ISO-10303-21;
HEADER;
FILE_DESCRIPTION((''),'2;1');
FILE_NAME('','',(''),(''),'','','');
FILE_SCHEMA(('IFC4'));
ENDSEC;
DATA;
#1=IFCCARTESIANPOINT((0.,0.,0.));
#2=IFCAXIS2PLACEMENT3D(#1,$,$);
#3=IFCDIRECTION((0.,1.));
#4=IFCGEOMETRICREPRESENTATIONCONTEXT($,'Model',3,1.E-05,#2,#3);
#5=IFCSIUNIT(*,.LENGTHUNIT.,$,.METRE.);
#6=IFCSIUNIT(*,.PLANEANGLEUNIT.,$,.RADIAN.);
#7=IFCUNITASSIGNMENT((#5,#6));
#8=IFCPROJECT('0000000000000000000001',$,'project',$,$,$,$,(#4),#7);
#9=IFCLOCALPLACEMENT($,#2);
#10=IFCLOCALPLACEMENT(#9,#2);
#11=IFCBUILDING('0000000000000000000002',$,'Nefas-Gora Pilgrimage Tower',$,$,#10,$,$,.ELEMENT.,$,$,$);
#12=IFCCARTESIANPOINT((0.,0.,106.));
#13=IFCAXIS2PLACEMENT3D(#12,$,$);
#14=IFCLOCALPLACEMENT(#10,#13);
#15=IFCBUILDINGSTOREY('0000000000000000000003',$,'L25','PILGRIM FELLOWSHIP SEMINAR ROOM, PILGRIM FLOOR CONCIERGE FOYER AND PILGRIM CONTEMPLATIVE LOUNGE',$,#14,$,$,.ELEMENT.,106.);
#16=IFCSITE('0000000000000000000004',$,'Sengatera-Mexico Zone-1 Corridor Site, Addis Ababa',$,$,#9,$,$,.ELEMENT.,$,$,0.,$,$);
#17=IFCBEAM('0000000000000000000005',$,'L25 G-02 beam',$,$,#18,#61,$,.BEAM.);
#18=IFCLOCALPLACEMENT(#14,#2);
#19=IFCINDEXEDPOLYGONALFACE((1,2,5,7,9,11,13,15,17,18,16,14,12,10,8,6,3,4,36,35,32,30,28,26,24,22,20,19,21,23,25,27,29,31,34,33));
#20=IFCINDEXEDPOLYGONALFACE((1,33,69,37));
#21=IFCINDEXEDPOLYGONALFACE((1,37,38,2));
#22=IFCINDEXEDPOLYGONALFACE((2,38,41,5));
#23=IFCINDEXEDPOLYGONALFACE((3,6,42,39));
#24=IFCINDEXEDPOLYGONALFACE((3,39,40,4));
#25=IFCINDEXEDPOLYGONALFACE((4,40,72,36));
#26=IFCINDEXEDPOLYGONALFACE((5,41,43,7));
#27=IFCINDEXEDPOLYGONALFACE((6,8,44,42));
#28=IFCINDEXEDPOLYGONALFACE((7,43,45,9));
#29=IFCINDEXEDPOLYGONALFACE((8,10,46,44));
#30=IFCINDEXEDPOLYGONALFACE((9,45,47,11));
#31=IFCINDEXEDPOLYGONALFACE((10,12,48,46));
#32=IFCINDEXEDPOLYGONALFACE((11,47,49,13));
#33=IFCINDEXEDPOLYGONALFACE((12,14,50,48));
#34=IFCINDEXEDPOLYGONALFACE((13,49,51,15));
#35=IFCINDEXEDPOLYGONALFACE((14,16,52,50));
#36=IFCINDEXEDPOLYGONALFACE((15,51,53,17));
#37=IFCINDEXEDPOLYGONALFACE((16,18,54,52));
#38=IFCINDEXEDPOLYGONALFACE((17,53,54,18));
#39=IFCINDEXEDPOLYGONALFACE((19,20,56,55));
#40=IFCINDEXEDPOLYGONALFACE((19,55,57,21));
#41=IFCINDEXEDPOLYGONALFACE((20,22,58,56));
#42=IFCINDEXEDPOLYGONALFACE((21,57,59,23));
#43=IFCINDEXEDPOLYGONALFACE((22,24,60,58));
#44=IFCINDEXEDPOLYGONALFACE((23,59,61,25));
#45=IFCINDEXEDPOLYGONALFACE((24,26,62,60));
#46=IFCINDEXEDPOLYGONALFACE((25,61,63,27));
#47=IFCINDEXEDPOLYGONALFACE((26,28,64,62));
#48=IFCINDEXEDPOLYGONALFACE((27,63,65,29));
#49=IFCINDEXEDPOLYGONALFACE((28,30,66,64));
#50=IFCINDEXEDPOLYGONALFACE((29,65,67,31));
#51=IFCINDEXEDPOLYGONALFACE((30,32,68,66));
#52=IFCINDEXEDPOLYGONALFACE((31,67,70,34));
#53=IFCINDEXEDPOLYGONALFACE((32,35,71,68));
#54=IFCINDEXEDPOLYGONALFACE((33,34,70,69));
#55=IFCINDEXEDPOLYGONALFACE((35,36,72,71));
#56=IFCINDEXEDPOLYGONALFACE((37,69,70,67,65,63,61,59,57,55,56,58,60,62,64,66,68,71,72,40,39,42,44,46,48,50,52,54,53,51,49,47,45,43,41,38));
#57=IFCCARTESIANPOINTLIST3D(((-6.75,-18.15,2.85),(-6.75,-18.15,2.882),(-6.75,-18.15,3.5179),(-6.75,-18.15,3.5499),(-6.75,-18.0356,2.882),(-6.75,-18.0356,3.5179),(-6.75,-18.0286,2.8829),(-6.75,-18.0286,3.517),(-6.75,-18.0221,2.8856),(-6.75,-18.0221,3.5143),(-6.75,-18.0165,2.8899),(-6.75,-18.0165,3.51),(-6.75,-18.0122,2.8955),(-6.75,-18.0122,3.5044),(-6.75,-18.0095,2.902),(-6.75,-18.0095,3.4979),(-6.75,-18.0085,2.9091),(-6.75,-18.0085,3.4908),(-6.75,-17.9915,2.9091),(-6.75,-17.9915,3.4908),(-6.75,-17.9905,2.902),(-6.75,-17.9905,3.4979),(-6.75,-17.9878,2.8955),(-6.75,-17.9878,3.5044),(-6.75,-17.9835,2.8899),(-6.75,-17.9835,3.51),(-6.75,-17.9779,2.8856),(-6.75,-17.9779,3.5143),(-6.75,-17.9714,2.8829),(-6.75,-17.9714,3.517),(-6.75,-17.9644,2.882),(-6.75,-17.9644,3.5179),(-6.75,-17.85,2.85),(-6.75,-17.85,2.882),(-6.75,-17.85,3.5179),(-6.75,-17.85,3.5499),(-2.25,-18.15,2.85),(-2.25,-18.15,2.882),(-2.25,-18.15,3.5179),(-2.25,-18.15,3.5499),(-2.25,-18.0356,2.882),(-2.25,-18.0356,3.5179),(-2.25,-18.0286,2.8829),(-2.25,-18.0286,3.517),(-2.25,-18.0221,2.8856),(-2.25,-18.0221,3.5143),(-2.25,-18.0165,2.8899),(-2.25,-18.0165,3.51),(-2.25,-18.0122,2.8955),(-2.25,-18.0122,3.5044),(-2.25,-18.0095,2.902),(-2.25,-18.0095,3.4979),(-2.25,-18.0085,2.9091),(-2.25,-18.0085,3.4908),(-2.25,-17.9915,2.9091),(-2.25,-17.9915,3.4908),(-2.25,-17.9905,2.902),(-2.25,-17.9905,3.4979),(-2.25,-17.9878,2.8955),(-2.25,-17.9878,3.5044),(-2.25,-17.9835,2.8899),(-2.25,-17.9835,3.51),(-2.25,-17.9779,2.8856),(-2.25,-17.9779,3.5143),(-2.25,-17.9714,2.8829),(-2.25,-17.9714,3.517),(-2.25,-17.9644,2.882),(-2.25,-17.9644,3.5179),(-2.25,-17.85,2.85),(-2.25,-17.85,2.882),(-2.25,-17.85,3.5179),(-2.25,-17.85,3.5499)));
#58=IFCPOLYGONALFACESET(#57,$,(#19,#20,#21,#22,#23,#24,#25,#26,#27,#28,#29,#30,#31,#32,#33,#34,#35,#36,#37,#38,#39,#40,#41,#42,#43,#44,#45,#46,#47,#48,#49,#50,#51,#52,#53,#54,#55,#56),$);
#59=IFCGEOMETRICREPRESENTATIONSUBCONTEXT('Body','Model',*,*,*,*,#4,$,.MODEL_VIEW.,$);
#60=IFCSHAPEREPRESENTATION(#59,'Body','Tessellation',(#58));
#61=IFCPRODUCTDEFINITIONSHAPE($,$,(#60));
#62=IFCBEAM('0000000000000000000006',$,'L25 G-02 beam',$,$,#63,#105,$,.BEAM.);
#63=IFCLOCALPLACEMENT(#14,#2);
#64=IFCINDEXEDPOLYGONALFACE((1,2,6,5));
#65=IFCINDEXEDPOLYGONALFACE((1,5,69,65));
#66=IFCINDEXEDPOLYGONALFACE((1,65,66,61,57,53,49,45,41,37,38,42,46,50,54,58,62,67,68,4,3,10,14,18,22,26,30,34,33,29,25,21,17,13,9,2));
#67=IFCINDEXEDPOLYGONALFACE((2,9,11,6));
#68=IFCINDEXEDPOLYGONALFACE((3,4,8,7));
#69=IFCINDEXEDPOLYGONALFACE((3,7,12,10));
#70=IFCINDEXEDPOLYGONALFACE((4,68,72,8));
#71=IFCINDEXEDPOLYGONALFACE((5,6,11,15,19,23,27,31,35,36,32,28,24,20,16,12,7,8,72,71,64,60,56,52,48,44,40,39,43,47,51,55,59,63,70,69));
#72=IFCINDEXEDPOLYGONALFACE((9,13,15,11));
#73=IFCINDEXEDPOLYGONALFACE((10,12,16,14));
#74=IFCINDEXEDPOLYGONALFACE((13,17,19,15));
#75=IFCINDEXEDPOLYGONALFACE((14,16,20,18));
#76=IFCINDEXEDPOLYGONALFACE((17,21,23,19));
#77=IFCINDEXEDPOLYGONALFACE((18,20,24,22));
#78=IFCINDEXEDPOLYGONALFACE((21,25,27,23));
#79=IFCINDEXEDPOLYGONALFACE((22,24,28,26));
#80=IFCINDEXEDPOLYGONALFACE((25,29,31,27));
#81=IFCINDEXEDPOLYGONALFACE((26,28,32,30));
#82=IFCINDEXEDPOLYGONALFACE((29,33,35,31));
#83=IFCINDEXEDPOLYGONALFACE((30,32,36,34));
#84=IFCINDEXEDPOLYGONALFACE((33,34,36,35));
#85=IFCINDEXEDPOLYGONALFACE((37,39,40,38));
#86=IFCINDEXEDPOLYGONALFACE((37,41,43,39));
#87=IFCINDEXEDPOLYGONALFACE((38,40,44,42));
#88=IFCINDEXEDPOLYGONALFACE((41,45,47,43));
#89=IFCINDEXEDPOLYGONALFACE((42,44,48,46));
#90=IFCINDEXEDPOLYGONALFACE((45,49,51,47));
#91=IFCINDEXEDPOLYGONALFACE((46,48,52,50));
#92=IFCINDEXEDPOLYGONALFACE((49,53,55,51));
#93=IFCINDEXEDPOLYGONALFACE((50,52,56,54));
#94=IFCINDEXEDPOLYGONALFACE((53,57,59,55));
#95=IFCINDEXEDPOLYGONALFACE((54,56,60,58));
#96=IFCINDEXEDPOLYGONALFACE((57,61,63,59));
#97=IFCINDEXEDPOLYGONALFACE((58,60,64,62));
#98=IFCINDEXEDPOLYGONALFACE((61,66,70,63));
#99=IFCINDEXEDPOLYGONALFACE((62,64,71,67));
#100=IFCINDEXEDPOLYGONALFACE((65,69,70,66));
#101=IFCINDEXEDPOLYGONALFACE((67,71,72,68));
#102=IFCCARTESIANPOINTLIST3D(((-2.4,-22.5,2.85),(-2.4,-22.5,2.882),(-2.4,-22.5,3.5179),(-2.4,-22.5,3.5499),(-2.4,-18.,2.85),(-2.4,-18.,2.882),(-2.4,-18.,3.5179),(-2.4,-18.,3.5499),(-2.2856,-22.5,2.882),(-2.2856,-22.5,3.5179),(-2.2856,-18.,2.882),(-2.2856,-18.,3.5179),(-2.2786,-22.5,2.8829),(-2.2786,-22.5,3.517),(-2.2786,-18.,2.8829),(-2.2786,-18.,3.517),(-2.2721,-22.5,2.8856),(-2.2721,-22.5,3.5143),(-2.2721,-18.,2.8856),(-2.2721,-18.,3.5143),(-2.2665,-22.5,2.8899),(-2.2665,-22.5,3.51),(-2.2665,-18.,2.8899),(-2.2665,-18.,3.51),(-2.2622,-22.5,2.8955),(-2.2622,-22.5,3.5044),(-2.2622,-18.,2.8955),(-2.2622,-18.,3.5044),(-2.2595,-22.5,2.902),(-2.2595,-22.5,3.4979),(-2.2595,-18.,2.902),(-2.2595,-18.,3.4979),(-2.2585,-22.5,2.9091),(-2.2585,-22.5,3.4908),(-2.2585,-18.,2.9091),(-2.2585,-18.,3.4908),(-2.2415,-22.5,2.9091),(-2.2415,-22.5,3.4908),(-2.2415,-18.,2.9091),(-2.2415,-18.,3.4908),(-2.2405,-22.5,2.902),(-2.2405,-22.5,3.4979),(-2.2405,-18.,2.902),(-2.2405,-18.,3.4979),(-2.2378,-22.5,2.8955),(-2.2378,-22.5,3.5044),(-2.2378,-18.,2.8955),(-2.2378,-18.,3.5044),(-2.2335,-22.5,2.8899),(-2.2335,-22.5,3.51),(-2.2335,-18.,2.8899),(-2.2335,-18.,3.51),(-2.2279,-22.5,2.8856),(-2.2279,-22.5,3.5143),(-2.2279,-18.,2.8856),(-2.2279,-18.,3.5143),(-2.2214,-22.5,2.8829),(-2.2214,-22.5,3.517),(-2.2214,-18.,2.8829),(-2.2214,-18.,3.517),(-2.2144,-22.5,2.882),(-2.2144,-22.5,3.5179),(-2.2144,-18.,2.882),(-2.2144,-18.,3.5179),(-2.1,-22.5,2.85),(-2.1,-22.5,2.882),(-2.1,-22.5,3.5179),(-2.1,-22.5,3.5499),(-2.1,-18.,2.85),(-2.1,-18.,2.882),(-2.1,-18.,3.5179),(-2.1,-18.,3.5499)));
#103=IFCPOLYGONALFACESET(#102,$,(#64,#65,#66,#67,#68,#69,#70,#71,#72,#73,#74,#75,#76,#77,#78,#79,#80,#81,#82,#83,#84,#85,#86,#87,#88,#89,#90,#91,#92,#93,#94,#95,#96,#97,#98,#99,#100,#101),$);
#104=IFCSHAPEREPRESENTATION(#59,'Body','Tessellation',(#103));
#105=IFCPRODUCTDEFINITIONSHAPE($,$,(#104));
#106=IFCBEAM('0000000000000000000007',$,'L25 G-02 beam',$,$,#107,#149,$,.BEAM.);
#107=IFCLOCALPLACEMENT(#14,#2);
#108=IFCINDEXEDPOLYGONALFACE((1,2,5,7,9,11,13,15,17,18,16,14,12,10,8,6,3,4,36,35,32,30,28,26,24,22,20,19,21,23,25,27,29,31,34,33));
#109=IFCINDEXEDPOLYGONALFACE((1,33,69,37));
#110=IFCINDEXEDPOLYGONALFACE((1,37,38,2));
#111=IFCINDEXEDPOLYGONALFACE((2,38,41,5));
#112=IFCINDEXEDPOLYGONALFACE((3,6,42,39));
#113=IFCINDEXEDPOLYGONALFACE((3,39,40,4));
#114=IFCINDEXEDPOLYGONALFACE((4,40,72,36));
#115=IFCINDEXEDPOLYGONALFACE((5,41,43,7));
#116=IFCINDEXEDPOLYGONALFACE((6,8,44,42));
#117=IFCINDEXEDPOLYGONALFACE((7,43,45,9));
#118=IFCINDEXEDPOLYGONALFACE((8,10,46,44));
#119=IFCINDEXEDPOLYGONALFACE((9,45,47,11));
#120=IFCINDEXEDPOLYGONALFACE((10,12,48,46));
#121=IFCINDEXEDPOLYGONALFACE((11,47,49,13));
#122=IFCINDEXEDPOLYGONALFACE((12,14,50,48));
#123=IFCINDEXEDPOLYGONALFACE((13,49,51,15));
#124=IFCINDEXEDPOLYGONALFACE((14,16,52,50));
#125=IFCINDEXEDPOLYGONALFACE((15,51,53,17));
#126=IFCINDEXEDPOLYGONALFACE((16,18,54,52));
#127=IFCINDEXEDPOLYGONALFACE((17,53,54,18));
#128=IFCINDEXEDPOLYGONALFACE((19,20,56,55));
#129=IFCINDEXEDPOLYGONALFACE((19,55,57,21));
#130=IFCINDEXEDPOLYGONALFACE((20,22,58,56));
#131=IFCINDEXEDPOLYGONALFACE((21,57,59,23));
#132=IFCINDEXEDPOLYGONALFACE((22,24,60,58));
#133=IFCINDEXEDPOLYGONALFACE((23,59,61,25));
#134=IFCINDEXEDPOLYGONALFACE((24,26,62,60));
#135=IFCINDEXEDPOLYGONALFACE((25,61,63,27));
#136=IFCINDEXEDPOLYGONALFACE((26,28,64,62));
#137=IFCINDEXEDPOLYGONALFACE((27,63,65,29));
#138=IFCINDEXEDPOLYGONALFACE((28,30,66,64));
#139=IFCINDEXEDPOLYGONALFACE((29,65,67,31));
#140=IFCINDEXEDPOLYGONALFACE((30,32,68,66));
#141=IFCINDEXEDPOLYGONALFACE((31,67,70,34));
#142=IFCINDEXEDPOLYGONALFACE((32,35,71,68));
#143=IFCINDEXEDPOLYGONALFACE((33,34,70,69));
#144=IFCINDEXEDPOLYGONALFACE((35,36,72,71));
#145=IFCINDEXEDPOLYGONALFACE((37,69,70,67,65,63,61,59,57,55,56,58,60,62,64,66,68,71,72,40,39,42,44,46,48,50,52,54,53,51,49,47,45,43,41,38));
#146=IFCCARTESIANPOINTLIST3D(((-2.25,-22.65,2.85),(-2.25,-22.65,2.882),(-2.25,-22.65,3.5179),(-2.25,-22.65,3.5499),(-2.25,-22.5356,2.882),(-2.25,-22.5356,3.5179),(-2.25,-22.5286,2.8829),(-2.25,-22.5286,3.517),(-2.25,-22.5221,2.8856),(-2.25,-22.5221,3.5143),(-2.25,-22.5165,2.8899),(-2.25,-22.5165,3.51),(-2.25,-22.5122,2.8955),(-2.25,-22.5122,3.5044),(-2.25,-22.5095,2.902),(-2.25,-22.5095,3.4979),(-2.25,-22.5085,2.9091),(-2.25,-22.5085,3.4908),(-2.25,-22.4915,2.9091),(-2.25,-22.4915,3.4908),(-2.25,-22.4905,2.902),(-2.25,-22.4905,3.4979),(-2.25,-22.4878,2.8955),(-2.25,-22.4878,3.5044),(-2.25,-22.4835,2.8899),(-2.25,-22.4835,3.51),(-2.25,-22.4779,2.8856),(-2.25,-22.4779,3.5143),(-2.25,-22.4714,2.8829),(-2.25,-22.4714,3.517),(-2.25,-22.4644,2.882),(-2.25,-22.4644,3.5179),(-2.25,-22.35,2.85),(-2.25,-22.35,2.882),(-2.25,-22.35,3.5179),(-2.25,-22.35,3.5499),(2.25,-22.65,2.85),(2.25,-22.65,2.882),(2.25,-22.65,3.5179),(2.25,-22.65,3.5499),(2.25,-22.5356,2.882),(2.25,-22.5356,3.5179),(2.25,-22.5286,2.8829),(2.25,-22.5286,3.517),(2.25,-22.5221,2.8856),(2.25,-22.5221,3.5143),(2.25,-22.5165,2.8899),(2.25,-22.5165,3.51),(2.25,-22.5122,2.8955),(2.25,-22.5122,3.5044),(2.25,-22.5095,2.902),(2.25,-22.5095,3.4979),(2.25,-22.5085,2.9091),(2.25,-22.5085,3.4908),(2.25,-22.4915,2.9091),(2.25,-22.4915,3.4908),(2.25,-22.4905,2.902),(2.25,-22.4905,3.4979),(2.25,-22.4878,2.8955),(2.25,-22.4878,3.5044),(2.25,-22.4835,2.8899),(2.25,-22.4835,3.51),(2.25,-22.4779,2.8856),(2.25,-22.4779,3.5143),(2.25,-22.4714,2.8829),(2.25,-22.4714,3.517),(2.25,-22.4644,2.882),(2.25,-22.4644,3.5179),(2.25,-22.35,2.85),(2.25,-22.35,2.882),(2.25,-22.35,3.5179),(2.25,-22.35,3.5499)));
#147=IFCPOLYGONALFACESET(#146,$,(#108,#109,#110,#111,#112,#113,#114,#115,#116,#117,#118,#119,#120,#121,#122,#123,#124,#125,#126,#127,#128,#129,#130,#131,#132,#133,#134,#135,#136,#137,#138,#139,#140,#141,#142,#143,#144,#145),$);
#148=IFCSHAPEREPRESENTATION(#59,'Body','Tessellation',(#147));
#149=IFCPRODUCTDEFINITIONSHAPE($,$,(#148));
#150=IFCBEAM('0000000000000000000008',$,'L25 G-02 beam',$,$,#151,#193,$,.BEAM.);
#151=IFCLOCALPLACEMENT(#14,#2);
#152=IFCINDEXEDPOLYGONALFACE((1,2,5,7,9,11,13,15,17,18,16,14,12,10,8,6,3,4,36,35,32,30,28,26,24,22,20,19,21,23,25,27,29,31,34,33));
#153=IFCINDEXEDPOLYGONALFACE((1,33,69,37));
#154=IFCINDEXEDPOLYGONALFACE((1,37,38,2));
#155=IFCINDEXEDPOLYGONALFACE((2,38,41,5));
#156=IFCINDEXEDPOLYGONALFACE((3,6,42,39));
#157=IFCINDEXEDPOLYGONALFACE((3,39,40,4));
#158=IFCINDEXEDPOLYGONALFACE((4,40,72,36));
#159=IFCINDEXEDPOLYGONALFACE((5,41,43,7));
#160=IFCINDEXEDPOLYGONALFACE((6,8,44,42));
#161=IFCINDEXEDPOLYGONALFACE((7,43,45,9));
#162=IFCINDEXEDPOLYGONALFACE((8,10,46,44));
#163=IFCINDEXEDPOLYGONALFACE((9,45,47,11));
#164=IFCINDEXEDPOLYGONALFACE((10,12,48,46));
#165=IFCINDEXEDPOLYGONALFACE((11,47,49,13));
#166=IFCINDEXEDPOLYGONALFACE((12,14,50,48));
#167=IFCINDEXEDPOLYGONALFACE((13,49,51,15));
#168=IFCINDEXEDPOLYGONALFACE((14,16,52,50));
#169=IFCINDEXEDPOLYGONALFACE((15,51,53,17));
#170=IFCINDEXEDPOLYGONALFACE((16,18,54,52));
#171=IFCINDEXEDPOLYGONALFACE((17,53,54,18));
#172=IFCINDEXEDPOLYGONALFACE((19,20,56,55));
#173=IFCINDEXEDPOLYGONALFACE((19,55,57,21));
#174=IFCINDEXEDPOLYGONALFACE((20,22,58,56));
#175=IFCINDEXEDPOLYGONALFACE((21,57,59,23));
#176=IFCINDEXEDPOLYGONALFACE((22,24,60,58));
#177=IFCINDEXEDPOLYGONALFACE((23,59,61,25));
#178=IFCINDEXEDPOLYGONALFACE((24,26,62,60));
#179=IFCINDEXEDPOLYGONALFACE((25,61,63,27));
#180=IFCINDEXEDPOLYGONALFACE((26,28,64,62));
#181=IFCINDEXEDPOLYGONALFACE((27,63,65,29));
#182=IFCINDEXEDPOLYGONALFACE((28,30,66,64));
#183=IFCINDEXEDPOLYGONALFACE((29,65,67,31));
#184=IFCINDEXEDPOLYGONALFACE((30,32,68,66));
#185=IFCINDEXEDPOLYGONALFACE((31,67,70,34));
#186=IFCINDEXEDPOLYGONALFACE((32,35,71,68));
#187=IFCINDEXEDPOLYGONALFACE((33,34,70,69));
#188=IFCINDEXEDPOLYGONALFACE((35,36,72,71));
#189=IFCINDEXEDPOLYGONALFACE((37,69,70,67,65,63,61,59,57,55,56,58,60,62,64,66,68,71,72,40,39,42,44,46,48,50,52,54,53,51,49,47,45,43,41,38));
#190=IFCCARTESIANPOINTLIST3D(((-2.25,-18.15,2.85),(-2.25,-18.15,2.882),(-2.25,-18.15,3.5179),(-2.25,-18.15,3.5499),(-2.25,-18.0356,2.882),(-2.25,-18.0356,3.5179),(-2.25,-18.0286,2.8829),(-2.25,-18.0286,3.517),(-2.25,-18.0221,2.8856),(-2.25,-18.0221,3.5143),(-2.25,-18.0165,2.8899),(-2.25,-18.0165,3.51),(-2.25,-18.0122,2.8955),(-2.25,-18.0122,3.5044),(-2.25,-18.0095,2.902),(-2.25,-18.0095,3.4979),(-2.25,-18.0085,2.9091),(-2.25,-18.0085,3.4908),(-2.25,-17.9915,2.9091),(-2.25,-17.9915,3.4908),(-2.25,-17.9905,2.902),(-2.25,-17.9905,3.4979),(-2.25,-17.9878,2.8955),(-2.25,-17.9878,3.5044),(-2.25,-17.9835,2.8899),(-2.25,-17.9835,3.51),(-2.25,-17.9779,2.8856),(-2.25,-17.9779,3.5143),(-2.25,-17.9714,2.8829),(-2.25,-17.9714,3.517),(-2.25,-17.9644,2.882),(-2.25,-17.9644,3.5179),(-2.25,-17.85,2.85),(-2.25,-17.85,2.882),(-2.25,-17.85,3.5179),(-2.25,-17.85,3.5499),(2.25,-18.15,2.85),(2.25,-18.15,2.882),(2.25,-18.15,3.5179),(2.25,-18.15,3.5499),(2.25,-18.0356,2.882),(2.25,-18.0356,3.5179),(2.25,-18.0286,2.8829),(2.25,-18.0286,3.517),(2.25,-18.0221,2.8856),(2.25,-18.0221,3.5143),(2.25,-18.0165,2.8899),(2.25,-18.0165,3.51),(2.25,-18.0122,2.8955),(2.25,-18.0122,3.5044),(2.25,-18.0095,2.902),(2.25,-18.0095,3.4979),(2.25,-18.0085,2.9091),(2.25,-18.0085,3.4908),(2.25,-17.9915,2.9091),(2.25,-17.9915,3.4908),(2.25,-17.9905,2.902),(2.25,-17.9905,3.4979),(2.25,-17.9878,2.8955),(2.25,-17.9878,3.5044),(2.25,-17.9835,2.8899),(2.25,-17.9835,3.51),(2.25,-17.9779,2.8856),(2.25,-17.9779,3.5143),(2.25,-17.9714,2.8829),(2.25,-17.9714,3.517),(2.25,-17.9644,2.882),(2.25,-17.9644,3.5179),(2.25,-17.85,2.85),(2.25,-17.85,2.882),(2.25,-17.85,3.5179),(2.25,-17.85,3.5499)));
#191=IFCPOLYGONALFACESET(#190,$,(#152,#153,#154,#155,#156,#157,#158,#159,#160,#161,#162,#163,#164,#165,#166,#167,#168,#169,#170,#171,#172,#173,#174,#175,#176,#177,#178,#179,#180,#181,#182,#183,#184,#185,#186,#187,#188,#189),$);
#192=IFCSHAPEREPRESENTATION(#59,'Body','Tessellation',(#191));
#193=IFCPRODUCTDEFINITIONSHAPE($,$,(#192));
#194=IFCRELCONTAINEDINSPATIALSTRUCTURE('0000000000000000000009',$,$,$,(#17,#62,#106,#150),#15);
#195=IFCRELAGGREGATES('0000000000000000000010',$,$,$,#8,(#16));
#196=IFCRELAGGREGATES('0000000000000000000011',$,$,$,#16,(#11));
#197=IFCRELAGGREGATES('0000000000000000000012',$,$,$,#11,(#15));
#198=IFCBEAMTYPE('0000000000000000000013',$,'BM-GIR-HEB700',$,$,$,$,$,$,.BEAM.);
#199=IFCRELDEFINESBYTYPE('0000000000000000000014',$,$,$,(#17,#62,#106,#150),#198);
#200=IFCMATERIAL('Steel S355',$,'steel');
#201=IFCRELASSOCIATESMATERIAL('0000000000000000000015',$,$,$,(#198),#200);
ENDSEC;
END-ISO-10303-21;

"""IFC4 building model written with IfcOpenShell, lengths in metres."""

from ifc_helpers import new_model, si_unit, direction, frame, origin, origin_2d, place, context, subcontext, project, spatial, i_section, extrude, source, transform, mapped, material, material_profile, profile_set, type_object, element, save


model = new_model("IFC4")

# Units and contexts
model_context = context("Model", 3, precision=1e-05, world=origin(), true_north=direction((0.0, 1.0)))
body_context = subcontext(model_context, "Body", "Model", "MODEL_VIEW")
ifc_project = project(units=[si_unit("LENGTHUNIT", "METRE"), si_unit("PLANEANGLEUNIT", "RADIAN")], contexts=[model_context])

# Site, building, storey
site_placement = place(None, origin())
site = spatial("IfcSite", under=ifc_project, at=site_placement, Name="Sengatera-Mexico Zone-1 Corridor Site, Addis Ababa", CompositionType="ELEMENT", RefElevation=0.0)
building_placement = place(site_placement, origin())
building = spatial("IfcBuilding", under=site, at=building_placement, Name="Nefas-Gora Pilgrimage Tower", CompositionType="ELEMENT")
storey_placement = place(building_placement, frame((0.0, 0.0, 106.0)))
storey = spatial("IfcBuildingStorey", under=building, at=storey_placement, Name="L25", Description="PILGRIM FELLOWSHIP SEMINAR ROOM, PILGRIM FLOOR CONCIERGE FOYER AND PILGRIM CONTEMPLATIVE LOUNGE", CompositionType="ELEMENT", Elevation=106.0)

# Beams
ifc_material_1 = material(Name="Steel S355", Category="steel")
ifc_material_profile_1 = material_profile(ifc_material_1, i_section(OverallWidth=0.3, OverallDepth=0.7, WebThickness=0.0171, FlangeThickness=0.032, FilletRadius=0.0271, at=origin_2d()), Name="HEB 700")
ifc_profile_set_1 = profile_set([ifc_material_profile_1], Name="Steel S355")
beam_type = type_object("IfcBeamType", Name="BM-GIR-HEB700", PredefinedType="BEAM", material=ifc_profile_set_1)
shared_shape_1 = source(origin(), body_context, "Body", "SweptSolid", [
    extrude(i_section(OverallWidth=0.3, OverallDepth=0.7, WebThickness=0.0171, FlangeThickness=0.032, FilletRadius=0.0271, at=origin_2d()), origin(), (0.0, 0.0, 1.0), 4.5),
])
for number, where, z_axis, x_axis, name in (
    (1, (-6.75, -18.0, 3.2), (1.0, 0.0, 0.0), (0.0, 1.0, 0.0), "L25 G-02 beam"),
    (2, (-2.25, -22.5, 3.2), (0.0, 1.0, 0.0), (-1.0, 0.0, 0.0), "L25 G-02 beam"),
    (3, (-2.25, -22.5, 3.2), (1.0, 0.0, 0.0), (0.0, 1.0, 0.0), "L25 G-02 beam"),
    (4, (-2.25, -18.0, 3.2), (1.0, 0.0, 0.0), (0.0, 1.0, 0.0), "L25 G-02 beam"),
):
    element("IfcBeam", number, at=place(storey_placement, frame(where, z_axis=z_axis, x_axis=x_axis)), inside=storey, type_object=beam_type, Name=name, PredefinedType="BEAM", context=body_context, shape_type="MappedRepresentation", body=[
        mapped(shared_shape_1, transform((0.0, 0.0, 0.0), x_axis=(1.0, 0.0, 0.0), y_axis=(0.0, 1.0, 0.0), z_axis=(0.0, 0.0, 1.0), scale=1.0)),
    ])

save(model, "model.ifc")
